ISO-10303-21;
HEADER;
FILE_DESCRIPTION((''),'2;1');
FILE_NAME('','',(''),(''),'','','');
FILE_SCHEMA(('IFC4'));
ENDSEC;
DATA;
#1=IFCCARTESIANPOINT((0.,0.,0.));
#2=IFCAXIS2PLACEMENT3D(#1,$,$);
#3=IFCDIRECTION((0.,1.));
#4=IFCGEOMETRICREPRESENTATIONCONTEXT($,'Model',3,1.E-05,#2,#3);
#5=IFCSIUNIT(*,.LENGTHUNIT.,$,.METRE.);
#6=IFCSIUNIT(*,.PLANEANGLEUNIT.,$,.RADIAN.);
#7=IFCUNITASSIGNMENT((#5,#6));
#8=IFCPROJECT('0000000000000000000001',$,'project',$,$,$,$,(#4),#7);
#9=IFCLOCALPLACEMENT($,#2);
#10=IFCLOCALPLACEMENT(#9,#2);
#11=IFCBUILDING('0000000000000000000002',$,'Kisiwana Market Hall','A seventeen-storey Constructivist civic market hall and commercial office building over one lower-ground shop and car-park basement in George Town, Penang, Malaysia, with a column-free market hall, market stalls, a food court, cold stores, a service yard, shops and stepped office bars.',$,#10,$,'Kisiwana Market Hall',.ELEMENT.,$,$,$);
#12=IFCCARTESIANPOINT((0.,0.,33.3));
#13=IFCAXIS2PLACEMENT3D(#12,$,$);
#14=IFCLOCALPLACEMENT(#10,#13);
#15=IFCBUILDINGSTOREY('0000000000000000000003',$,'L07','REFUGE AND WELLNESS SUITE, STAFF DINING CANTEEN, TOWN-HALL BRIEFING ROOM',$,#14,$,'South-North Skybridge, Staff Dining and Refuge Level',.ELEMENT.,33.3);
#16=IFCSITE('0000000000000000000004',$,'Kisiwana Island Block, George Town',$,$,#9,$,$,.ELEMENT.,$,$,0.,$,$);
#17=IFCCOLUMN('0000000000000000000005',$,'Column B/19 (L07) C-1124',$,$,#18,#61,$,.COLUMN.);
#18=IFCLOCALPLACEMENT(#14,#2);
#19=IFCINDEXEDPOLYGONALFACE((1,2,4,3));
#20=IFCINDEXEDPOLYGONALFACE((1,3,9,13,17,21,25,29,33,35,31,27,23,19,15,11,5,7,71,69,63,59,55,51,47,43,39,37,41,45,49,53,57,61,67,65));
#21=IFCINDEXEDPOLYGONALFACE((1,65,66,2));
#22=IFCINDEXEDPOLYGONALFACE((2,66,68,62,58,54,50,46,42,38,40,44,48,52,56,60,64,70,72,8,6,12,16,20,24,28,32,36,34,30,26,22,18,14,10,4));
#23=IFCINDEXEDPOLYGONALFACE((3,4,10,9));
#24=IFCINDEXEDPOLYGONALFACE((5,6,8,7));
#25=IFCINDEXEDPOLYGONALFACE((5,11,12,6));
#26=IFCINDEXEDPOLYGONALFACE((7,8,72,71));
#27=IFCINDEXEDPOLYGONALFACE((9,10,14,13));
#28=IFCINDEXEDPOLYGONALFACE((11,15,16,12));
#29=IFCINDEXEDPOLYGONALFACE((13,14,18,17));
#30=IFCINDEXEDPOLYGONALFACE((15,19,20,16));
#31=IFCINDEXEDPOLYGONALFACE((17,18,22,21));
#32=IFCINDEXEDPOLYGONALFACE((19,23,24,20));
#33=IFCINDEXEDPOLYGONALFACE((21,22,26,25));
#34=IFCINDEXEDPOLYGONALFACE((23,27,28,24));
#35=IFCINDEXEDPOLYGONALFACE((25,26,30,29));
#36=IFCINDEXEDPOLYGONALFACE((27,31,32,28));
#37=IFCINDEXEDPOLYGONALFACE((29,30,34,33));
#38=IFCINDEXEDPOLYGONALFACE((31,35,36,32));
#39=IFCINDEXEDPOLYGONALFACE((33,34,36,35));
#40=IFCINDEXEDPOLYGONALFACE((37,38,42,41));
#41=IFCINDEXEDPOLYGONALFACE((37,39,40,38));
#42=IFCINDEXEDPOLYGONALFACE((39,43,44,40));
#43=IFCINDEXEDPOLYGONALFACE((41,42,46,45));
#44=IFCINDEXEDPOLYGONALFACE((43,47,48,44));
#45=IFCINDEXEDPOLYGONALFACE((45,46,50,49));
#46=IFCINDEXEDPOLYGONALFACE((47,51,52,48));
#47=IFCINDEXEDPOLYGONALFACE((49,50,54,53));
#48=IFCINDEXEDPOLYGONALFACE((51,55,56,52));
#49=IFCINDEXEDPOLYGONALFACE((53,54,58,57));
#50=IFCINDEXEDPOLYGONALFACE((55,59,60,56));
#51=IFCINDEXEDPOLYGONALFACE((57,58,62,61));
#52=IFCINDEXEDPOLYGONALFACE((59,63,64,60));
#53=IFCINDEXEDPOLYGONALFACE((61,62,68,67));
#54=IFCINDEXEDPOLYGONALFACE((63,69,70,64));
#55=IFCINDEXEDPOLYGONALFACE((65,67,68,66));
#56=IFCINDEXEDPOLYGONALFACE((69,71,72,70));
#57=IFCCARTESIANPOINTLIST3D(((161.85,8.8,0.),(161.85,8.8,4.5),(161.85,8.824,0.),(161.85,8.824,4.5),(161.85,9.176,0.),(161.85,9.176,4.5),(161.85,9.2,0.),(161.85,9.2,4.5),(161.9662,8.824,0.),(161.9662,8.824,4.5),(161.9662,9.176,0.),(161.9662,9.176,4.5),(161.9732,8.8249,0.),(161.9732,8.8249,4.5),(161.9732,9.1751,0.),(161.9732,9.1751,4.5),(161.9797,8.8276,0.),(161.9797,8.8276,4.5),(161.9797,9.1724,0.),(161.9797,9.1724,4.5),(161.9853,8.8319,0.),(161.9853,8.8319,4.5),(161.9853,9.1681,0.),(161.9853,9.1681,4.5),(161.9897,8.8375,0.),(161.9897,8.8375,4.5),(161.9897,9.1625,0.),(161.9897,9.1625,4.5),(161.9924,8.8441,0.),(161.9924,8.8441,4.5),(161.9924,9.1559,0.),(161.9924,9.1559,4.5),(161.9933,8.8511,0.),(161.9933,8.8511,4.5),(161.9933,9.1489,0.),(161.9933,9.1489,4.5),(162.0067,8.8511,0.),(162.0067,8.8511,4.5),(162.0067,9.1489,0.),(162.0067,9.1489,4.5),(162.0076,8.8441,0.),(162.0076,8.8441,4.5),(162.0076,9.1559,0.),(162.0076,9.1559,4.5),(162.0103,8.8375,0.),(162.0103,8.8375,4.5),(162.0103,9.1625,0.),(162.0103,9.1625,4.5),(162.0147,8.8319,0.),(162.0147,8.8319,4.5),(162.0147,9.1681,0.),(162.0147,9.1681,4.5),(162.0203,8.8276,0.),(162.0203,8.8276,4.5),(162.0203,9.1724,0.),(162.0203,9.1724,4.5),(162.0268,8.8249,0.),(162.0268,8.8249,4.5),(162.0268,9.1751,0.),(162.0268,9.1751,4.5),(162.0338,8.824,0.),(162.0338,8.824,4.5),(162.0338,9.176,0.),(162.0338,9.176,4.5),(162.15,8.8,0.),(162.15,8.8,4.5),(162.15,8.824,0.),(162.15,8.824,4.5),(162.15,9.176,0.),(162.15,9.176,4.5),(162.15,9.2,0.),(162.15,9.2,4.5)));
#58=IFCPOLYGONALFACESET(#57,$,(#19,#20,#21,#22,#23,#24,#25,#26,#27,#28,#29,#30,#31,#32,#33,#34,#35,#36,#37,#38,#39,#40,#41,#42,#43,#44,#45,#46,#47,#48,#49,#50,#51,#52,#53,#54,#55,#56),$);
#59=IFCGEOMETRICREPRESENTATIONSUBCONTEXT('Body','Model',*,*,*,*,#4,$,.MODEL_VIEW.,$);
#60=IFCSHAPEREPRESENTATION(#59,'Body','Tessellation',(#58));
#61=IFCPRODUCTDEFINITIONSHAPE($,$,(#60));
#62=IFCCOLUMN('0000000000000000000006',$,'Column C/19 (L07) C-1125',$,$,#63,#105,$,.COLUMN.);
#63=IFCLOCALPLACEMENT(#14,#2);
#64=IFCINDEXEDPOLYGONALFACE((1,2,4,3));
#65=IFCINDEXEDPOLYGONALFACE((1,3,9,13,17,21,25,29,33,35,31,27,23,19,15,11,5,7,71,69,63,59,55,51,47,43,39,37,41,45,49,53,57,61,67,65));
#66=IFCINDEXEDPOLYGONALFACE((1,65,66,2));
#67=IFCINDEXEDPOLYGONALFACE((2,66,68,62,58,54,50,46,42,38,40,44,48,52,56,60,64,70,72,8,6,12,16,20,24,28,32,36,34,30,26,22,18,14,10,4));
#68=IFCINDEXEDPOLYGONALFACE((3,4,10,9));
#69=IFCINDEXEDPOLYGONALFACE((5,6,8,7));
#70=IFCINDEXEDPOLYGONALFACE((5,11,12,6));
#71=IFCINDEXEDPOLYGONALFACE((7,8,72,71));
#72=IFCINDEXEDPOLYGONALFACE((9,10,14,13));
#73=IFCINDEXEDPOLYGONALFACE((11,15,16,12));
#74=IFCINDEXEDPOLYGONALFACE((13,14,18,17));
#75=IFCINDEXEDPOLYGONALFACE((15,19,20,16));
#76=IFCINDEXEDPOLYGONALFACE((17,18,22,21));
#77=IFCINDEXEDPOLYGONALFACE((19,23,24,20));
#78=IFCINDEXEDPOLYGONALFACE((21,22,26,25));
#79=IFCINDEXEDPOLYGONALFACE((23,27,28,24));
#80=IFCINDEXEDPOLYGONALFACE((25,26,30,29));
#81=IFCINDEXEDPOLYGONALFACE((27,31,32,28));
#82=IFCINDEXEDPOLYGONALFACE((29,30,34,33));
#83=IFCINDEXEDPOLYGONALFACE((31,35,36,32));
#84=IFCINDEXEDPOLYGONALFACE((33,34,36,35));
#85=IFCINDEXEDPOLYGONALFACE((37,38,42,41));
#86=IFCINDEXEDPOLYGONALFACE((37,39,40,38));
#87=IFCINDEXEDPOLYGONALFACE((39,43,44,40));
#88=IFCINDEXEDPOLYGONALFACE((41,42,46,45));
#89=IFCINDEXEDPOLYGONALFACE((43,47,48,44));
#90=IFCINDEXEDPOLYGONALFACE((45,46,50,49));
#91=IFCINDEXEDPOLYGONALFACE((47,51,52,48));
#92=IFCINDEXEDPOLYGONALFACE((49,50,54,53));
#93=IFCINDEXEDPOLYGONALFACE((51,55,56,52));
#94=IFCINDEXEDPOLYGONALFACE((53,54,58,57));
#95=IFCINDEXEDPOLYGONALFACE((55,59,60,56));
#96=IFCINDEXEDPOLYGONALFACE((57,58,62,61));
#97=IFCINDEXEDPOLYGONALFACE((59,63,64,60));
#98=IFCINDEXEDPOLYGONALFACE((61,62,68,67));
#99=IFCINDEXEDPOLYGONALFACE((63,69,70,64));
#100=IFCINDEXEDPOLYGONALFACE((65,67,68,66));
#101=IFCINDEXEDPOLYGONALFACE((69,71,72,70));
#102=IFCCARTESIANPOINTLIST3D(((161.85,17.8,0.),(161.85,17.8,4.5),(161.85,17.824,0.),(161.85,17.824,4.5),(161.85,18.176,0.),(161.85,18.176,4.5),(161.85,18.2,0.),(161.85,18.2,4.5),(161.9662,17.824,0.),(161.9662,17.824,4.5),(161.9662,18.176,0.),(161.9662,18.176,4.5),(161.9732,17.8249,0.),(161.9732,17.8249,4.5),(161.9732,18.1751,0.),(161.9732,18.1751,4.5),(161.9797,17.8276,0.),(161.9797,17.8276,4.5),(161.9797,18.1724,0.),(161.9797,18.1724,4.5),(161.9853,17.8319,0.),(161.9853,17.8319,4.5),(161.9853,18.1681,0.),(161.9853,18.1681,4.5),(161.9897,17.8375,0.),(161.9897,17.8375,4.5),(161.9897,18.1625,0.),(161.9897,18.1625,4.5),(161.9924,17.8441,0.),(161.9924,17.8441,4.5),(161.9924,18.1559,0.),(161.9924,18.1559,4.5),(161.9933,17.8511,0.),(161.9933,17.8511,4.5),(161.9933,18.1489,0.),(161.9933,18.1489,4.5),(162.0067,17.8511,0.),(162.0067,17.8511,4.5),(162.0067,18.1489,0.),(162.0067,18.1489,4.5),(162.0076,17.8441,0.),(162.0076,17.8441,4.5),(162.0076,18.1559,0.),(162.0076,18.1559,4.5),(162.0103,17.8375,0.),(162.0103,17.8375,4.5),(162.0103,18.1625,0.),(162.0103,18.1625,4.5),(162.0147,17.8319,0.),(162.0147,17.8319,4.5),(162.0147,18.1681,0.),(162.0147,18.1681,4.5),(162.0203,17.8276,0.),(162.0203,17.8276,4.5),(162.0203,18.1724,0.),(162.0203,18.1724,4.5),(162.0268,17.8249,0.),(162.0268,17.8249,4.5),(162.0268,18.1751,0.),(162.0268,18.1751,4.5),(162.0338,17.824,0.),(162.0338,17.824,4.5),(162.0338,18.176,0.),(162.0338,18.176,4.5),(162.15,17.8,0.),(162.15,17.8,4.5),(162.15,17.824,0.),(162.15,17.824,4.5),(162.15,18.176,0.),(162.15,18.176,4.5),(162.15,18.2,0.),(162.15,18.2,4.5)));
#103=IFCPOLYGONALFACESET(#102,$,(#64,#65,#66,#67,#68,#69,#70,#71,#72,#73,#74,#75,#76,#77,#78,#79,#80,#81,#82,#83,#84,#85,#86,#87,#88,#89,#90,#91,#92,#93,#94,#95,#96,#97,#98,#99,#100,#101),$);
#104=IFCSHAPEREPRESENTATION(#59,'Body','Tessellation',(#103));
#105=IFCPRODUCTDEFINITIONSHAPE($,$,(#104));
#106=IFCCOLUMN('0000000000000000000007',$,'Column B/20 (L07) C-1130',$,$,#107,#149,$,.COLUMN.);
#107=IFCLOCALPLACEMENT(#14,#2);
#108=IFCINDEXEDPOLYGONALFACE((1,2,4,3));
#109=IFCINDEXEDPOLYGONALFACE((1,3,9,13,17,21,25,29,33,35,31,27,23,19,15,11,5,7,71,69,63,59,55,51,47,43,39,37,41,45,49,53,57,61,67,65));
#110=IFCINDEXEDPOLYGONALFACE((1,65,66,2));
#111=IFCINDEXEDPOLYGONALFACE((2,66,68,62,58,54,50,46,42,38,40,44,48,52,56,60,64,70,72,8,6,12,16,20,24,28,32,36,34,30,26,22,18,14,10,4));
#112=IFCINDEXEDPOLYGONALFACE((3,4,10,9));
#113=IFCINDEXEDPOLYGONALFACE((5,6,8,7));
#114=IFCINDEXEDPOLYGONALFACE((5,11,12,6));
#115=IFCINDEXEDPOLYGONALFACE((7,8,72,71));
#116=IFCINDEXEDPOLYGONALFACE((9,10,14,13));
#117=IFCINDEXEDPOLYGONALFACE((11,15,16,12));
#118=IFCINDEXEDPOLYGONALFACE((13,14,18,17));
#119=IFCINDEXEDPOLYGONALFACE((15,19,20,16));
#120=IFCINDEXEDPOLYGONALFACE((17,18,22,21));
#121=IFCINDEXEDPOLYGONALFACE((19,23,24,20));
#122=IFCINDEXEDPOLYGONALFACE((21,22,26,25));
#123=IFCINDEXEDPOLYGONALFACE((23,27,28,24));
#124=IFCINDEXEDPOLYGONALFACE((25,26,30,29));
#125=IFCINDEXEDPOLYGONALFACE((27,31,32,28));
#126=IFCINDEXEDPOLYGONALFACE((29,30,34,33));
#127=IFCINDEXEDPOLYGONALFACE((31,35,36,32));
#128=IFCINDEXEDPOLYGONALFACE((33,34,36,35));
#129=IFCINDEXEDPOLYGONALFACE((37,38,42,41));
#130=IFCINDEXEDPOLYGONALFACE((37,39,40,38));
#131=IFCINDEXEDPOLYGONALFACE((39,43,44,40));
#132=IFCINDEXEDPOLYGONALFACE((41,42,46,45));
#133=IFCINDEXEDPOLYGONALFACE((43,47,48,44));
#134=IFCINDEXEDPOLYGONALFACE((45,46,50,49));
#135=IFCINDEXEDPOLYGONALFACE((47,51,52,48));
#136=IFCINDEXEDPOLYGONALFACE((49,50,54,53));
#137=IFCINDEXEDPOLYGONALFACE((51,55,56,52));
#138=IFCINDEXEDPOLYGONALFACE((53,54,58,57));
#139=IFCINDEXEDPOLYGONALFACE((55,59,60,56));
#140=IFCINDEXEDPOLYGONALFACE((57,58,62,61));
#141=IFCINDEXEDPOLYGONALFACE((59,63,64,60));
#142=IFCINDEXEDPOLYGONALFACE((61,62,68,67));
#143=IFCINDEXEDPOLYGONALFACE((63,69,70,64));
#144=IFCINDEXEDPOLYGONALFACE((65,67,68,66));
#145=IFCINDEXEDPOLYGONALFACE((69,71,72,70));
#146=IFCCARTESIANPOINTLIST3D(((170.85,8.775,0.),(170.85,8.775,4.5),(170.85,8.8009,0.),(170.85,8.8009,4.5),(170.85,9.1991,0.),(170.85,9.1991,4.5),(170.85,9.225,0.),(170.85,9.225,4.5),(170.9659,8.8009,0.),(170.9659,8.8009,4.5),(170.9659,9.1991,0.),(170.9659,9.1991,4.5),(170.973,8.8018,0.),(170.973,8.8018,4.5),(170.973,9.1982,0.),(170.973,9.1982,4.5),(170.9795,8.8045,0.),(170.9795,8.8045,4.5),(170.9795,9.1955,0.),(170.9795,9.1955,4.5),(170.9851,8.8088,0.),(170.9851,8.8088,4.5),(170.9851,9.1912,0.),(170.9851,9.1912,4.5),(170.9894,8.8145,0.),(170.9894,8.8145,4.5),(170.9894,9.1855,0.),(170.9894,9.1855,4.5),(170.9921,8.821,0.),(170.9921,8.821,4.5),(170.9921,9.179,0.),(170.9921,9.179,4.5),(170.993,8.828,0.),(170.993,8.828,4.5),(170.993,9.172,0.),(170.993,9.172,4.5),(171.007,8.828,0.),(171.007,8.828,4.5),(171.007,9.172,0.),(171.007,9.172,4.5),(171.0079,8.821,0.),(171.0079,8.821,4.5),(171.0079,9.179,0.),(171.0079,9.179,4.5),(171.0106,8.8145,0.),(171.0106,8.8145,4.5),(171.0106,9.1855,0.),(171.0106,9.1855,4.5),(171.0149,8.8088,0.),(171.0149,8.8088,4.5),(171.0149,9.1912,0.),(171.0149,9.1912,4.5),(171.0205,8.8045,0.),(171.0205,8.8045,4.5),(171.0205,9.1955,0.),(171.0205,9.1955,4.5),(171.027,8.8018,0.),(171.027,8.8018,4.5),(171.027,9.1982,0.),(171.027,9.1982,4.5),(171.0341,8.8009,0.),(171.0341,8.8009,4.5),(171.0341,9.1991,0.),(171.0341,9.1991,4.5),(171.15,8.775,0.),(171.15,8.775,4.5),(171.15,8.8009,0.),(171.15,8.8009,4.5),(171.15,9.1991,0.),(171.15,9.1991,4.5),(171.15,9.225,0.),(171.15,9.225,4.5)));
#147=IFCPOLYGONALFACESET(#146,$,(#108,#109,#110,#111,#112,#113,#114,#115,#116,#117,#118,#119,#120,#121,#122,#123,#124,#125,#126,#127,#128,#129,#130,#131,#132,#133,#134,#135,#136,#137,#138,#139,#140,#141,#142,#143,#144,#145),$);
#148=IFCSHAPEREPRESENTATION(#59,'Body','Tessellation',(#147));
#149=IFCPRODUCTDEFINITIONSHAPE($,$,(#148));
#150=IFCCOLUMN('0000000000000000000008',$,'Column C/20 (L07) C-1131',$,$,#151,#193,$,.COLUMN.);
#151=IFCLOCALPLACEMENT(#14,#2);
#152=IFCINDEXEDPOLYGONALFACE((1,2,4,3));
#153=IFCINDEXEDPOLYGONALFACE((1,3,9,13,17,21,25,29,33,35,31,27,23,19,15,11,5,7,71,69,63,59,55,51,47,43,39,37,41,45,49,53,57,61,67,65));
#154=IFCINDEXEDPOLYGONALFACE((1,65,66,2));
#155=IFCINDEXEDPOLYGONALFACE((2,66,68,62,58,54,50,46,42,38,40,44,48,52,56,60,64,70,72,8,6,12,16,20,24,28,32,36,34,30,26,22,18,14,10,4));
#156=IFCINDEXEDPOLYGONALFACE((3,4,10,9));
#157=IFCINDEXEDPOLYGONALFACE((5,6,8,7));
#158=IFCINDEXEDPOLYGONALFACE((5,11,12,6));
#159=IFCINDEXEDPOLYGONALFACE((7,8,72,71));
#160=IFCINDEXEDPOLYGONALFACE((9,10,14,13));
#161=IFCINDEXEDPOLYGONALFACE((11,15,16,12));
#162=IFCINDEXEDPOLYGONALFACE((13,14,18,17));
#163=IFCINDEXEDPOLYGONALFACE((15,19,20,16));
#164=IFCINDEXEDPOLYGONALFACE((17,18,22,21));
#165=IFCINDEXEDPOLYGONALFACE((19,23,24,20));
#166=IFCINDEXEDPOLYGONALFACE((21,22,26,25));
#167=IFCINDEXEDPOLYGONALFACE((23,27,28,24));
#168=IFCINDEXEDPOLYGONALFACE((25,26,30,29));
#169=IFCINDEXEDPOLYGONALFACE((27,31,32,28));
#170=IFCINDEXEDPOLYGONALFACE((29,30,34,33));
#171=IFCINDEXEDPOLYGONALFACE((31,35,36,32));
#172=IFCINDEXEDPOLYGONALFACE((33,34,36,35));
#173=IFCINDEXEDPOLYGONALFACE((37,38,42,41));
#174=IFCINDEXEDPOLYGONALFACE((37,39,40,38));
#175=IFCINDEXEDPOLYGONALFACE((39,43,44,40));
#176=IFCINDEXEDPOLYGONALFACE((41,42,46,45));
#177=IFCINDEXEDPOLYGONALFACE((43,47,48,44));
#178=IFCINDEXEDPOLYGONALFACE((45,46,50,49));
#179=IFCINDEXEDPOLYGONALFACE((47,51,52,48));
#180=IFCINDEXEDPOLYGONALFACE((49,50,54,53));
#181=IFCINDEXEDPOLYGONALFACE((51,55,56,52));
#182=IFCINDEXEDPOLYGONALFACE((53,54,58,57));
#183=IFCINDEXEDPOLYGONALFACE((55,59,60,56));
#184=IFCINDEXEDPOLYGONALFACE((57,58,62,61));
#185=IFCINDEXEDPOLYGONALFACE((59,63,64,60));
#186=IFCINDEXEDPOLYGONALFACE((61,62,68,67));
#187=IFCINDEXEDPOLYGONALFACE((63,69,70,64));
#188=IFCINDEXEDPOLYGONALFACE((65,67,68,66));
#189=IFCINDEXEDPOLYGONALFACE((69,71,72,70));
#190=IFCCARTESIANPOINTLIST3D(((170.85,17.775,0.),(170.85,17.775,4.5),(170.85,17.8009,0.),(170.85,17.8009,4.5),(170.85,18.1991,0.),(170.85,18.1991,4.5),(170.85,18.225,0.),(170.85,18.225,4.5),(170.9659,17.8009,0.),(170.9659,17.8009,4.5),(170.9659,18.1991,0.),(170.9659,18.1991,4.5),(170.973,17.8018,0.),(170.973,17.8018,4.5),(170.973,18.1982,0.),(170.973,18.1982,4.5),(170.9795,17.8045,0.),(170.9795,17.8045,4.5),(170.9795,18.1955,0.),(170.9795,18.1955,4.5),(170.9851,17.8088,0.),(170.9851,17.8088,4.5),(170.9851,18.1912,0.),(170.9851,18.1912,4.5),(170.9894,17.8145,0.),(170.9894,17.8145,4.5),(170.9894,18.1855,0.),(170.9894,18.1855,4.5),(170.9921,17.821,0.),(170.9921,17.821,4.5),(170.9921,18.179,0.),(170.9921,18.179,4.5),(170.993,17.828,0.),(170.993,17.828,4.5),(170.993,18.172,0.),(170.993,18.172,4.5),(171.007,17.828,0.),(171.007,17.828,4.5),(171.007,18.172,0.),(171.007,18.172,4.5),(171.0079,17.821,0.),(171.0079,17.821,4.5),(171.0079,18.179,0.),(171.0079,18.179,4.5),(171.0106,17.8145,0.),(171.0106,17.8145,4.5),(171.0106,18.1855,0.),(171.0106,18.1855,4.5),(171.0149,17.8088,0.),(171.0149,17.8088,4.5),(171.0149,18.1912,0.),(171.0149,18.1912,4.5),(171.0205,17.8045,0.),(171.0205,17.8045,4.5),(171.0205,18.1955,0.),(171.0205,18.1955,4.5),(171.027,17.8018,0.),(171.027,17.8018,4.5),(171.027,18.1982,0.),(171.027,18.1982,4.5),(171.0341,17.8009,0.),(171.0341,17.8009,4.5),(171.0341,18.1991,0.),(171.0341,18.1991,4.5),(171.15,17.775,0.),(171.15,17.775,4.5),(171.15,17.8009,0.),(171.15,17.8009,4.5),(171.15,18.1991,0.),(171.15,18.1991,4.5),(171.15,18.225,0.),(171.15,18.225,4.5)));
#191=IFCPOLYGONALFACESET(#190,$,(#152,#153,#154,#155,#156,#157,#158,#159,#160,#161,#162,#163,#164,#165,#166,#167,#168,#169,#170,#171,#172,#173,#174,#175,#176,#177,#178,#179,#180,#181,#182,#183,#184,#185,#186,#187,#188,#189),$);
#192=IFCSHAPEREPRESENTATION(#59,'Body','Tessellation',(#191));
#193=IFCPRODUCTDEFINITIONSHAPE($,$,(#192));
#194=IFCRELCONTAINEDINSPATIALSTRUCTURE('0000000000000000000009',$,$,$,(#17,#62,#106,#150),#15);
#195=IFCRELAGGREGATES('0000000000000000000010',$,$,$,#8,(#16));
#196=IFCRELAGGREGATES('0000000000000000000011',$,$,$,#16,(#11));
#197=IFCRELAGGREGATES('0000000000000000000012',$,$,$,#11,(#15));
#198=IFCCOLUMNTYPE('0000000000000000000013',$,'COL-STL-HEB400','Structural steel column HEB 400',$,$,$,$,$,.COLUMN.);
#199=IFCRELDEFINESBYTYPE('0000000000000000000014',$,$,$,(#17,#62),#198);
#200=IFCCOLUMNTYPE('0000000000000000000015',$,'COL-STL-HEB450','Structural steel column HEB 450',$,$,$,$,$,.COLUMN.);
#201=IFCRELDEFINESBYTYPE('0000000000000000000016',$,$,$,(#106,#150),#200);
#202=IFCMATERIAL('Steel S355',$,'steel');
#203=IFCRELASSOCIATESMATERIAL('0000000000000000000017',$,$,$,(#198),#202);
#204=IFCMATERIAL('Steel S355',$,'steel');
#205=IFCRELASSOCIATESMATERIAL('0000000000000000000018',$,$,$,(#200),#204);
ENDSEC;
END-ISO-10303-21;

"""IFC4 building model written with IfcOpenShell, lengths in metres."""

from ifc_helpers import new_model, si_unit, direction, frame, origin, origin_2d, place, context, subcontext, project, spatial, i_section, extrude, material, material_profile, profile_set, type_object, element, save


model = new_model("IFC4")

# Units and contexts
model_context = context("Model", 3, precision=1e-05, world=origin(), true_north=direction((0.0, 1.0)))
body_context = subcontext(model_context, "Body", "Model", "MODEL_VIEW")
ifc_project = project(units=[si_unit("LENGTHUNIT", "METRE"), si_unit("PLANEANGLEUNIT", "RADIAN")], contexts=[model_context])

# Site, building, storey
site_placement = place(None, origin())
site = spatial("IfcSite", under=ifc_project, at=site_placement, Name="Kisiwana Island Block, George Town", CompositionType="ELEMENT", RefElevation=0.0)
building_placement = place(site_placement, origin())
building = spatial("IfcBuilding", under=site, at=building_placement, Name="Kisiwana Market Hall", Description="A seventeen-storey Constructivist civic market hall and commercial office building over one lower-ground shop and car-park basement in George Town, Penang, Malaysia, with a column-free market hall, market stalls, a food court, cold stores, a service yard, shops and stepped office bars.", LongName="Kisiwana Market Hall", CompositionType="ELEMENT")
storey_placement = place(building_placement, frame((0.0, 0.0, 33.3)))
storey = spatial("IfcBuildingStorey", under=building, at=storey_placement, Name="L07", Description="REFUGE AND WELLNESS SUITE, STAFF DINING CANTEEN, TOWN-HALL BRIEFING ROOM", LongName="South-North Skybridge, Staff Dining and Refuge Level", CompositionType="ELEMENT", Elevation=33.3)

# Columns
ifc_material_1 = material(Name="Steel S355", Category="steel")
ifc_material_profile_1 = material_profile(ifc_material_1, i_section(OverallWidth=0.3, OverallDepth=0.3999, WebThickness=0.0134, FlangeThickness=0.0239, FilletRadius=0.0271, at=origin_2d()), Name="HEB 400")
ifc_profile_set_1 = profile_set([ifc_material_profile_1], Name="Steel S355")
column_type_1 = type_object("IfcColumnType", Name="COL-STL-HEB400", Description="Structural steel column HEB 400", PredefinedType="COLUMN", material=ifc_profile_set_1)
for number, where, z_axis, x_axis, name in (
    (1, (162.0, 9.0, 0.0), (0.0, 0.0, 1.0), (1.0, 0.0, 0.0), "Column B/19 (L07) C-1124"),
    (2, (162.0, 18.0, 0.0), (0.0, 0.0, 1.0), (1.0, 0.0, 0.0), "Column C/19 (L07) C-1125"),
):
    element("IfcColumn", number, at=place(storey_placement, frame(where, z_axis=z_axis, x_axis=x_axis)), inside=storey, type_object=column_type_1, Name=name, PredefinedType="COLUMN", context=body_context, shape_type="SweptSolid", body=[
        extrude(i_section(OverallWidth=0.3, OverallDepth=0.3999, WebThickness=0.0134, FlangeThickness=0.0239, FilletRadius=0.0271, at=origin_2d()), origin(), (0.0, 0.0, 1.0), 4.5),
    ])
ifc_material_2 = material(Name="Steel S355", Category="steel")
ifc_material_profile_2 = material_profile(ifc_material_2, i_section(OverallWidth=0.3, OverallDepth=0.45, WebThickness=0.0139, FlangeThickness=0.0259, FilletRadius=0.0271, at=origin_2d()), Name="HEB 450")
ifc_profile_set_2 = profile_set([ifc_material_profile_2], Name="Steel S355")
column_type_2 = type_object("IfcColumnType", Name="COL-STL-HEB450", Description="Structural steel column HEB 450", PredefinedType="COLUMN", material=ifc_profile_set_2)
for number, where, z_axis, x_axis, name in (
    (3, (171.0, 9.0, 0.0), (0.0, 0.0, 1.0), (1.0, 0.0, 0.0), "Column B/20 (L07) C-1130"),
    (4, (171.0, 18.0, 0.0), (0.0, 0.0, 1.0), (1.0, 0.0, 0.0), "Column C/20 (L07) C-1131"),
):
    element("IfcColumn", number, at=place(storey_placement, frame(where, z_axis=z_axis, x_axis=x_axis)), inside=storey, type_object=column_type_2, Name=name, PredefinedType="COLUMN", context=body_context, shape_type="SweptSolid", body=[
        extrude(i_section(OverallWidth=0.3, OverallDepth=0.45, WebThickness=0.0139, FlangeThickness=0.0259, FilletRadius=0.0271, at=origin_2d()), origin(), (0.0, 0.0, 1.0), 4.5),
    ])

save(model, "model.ifc")
